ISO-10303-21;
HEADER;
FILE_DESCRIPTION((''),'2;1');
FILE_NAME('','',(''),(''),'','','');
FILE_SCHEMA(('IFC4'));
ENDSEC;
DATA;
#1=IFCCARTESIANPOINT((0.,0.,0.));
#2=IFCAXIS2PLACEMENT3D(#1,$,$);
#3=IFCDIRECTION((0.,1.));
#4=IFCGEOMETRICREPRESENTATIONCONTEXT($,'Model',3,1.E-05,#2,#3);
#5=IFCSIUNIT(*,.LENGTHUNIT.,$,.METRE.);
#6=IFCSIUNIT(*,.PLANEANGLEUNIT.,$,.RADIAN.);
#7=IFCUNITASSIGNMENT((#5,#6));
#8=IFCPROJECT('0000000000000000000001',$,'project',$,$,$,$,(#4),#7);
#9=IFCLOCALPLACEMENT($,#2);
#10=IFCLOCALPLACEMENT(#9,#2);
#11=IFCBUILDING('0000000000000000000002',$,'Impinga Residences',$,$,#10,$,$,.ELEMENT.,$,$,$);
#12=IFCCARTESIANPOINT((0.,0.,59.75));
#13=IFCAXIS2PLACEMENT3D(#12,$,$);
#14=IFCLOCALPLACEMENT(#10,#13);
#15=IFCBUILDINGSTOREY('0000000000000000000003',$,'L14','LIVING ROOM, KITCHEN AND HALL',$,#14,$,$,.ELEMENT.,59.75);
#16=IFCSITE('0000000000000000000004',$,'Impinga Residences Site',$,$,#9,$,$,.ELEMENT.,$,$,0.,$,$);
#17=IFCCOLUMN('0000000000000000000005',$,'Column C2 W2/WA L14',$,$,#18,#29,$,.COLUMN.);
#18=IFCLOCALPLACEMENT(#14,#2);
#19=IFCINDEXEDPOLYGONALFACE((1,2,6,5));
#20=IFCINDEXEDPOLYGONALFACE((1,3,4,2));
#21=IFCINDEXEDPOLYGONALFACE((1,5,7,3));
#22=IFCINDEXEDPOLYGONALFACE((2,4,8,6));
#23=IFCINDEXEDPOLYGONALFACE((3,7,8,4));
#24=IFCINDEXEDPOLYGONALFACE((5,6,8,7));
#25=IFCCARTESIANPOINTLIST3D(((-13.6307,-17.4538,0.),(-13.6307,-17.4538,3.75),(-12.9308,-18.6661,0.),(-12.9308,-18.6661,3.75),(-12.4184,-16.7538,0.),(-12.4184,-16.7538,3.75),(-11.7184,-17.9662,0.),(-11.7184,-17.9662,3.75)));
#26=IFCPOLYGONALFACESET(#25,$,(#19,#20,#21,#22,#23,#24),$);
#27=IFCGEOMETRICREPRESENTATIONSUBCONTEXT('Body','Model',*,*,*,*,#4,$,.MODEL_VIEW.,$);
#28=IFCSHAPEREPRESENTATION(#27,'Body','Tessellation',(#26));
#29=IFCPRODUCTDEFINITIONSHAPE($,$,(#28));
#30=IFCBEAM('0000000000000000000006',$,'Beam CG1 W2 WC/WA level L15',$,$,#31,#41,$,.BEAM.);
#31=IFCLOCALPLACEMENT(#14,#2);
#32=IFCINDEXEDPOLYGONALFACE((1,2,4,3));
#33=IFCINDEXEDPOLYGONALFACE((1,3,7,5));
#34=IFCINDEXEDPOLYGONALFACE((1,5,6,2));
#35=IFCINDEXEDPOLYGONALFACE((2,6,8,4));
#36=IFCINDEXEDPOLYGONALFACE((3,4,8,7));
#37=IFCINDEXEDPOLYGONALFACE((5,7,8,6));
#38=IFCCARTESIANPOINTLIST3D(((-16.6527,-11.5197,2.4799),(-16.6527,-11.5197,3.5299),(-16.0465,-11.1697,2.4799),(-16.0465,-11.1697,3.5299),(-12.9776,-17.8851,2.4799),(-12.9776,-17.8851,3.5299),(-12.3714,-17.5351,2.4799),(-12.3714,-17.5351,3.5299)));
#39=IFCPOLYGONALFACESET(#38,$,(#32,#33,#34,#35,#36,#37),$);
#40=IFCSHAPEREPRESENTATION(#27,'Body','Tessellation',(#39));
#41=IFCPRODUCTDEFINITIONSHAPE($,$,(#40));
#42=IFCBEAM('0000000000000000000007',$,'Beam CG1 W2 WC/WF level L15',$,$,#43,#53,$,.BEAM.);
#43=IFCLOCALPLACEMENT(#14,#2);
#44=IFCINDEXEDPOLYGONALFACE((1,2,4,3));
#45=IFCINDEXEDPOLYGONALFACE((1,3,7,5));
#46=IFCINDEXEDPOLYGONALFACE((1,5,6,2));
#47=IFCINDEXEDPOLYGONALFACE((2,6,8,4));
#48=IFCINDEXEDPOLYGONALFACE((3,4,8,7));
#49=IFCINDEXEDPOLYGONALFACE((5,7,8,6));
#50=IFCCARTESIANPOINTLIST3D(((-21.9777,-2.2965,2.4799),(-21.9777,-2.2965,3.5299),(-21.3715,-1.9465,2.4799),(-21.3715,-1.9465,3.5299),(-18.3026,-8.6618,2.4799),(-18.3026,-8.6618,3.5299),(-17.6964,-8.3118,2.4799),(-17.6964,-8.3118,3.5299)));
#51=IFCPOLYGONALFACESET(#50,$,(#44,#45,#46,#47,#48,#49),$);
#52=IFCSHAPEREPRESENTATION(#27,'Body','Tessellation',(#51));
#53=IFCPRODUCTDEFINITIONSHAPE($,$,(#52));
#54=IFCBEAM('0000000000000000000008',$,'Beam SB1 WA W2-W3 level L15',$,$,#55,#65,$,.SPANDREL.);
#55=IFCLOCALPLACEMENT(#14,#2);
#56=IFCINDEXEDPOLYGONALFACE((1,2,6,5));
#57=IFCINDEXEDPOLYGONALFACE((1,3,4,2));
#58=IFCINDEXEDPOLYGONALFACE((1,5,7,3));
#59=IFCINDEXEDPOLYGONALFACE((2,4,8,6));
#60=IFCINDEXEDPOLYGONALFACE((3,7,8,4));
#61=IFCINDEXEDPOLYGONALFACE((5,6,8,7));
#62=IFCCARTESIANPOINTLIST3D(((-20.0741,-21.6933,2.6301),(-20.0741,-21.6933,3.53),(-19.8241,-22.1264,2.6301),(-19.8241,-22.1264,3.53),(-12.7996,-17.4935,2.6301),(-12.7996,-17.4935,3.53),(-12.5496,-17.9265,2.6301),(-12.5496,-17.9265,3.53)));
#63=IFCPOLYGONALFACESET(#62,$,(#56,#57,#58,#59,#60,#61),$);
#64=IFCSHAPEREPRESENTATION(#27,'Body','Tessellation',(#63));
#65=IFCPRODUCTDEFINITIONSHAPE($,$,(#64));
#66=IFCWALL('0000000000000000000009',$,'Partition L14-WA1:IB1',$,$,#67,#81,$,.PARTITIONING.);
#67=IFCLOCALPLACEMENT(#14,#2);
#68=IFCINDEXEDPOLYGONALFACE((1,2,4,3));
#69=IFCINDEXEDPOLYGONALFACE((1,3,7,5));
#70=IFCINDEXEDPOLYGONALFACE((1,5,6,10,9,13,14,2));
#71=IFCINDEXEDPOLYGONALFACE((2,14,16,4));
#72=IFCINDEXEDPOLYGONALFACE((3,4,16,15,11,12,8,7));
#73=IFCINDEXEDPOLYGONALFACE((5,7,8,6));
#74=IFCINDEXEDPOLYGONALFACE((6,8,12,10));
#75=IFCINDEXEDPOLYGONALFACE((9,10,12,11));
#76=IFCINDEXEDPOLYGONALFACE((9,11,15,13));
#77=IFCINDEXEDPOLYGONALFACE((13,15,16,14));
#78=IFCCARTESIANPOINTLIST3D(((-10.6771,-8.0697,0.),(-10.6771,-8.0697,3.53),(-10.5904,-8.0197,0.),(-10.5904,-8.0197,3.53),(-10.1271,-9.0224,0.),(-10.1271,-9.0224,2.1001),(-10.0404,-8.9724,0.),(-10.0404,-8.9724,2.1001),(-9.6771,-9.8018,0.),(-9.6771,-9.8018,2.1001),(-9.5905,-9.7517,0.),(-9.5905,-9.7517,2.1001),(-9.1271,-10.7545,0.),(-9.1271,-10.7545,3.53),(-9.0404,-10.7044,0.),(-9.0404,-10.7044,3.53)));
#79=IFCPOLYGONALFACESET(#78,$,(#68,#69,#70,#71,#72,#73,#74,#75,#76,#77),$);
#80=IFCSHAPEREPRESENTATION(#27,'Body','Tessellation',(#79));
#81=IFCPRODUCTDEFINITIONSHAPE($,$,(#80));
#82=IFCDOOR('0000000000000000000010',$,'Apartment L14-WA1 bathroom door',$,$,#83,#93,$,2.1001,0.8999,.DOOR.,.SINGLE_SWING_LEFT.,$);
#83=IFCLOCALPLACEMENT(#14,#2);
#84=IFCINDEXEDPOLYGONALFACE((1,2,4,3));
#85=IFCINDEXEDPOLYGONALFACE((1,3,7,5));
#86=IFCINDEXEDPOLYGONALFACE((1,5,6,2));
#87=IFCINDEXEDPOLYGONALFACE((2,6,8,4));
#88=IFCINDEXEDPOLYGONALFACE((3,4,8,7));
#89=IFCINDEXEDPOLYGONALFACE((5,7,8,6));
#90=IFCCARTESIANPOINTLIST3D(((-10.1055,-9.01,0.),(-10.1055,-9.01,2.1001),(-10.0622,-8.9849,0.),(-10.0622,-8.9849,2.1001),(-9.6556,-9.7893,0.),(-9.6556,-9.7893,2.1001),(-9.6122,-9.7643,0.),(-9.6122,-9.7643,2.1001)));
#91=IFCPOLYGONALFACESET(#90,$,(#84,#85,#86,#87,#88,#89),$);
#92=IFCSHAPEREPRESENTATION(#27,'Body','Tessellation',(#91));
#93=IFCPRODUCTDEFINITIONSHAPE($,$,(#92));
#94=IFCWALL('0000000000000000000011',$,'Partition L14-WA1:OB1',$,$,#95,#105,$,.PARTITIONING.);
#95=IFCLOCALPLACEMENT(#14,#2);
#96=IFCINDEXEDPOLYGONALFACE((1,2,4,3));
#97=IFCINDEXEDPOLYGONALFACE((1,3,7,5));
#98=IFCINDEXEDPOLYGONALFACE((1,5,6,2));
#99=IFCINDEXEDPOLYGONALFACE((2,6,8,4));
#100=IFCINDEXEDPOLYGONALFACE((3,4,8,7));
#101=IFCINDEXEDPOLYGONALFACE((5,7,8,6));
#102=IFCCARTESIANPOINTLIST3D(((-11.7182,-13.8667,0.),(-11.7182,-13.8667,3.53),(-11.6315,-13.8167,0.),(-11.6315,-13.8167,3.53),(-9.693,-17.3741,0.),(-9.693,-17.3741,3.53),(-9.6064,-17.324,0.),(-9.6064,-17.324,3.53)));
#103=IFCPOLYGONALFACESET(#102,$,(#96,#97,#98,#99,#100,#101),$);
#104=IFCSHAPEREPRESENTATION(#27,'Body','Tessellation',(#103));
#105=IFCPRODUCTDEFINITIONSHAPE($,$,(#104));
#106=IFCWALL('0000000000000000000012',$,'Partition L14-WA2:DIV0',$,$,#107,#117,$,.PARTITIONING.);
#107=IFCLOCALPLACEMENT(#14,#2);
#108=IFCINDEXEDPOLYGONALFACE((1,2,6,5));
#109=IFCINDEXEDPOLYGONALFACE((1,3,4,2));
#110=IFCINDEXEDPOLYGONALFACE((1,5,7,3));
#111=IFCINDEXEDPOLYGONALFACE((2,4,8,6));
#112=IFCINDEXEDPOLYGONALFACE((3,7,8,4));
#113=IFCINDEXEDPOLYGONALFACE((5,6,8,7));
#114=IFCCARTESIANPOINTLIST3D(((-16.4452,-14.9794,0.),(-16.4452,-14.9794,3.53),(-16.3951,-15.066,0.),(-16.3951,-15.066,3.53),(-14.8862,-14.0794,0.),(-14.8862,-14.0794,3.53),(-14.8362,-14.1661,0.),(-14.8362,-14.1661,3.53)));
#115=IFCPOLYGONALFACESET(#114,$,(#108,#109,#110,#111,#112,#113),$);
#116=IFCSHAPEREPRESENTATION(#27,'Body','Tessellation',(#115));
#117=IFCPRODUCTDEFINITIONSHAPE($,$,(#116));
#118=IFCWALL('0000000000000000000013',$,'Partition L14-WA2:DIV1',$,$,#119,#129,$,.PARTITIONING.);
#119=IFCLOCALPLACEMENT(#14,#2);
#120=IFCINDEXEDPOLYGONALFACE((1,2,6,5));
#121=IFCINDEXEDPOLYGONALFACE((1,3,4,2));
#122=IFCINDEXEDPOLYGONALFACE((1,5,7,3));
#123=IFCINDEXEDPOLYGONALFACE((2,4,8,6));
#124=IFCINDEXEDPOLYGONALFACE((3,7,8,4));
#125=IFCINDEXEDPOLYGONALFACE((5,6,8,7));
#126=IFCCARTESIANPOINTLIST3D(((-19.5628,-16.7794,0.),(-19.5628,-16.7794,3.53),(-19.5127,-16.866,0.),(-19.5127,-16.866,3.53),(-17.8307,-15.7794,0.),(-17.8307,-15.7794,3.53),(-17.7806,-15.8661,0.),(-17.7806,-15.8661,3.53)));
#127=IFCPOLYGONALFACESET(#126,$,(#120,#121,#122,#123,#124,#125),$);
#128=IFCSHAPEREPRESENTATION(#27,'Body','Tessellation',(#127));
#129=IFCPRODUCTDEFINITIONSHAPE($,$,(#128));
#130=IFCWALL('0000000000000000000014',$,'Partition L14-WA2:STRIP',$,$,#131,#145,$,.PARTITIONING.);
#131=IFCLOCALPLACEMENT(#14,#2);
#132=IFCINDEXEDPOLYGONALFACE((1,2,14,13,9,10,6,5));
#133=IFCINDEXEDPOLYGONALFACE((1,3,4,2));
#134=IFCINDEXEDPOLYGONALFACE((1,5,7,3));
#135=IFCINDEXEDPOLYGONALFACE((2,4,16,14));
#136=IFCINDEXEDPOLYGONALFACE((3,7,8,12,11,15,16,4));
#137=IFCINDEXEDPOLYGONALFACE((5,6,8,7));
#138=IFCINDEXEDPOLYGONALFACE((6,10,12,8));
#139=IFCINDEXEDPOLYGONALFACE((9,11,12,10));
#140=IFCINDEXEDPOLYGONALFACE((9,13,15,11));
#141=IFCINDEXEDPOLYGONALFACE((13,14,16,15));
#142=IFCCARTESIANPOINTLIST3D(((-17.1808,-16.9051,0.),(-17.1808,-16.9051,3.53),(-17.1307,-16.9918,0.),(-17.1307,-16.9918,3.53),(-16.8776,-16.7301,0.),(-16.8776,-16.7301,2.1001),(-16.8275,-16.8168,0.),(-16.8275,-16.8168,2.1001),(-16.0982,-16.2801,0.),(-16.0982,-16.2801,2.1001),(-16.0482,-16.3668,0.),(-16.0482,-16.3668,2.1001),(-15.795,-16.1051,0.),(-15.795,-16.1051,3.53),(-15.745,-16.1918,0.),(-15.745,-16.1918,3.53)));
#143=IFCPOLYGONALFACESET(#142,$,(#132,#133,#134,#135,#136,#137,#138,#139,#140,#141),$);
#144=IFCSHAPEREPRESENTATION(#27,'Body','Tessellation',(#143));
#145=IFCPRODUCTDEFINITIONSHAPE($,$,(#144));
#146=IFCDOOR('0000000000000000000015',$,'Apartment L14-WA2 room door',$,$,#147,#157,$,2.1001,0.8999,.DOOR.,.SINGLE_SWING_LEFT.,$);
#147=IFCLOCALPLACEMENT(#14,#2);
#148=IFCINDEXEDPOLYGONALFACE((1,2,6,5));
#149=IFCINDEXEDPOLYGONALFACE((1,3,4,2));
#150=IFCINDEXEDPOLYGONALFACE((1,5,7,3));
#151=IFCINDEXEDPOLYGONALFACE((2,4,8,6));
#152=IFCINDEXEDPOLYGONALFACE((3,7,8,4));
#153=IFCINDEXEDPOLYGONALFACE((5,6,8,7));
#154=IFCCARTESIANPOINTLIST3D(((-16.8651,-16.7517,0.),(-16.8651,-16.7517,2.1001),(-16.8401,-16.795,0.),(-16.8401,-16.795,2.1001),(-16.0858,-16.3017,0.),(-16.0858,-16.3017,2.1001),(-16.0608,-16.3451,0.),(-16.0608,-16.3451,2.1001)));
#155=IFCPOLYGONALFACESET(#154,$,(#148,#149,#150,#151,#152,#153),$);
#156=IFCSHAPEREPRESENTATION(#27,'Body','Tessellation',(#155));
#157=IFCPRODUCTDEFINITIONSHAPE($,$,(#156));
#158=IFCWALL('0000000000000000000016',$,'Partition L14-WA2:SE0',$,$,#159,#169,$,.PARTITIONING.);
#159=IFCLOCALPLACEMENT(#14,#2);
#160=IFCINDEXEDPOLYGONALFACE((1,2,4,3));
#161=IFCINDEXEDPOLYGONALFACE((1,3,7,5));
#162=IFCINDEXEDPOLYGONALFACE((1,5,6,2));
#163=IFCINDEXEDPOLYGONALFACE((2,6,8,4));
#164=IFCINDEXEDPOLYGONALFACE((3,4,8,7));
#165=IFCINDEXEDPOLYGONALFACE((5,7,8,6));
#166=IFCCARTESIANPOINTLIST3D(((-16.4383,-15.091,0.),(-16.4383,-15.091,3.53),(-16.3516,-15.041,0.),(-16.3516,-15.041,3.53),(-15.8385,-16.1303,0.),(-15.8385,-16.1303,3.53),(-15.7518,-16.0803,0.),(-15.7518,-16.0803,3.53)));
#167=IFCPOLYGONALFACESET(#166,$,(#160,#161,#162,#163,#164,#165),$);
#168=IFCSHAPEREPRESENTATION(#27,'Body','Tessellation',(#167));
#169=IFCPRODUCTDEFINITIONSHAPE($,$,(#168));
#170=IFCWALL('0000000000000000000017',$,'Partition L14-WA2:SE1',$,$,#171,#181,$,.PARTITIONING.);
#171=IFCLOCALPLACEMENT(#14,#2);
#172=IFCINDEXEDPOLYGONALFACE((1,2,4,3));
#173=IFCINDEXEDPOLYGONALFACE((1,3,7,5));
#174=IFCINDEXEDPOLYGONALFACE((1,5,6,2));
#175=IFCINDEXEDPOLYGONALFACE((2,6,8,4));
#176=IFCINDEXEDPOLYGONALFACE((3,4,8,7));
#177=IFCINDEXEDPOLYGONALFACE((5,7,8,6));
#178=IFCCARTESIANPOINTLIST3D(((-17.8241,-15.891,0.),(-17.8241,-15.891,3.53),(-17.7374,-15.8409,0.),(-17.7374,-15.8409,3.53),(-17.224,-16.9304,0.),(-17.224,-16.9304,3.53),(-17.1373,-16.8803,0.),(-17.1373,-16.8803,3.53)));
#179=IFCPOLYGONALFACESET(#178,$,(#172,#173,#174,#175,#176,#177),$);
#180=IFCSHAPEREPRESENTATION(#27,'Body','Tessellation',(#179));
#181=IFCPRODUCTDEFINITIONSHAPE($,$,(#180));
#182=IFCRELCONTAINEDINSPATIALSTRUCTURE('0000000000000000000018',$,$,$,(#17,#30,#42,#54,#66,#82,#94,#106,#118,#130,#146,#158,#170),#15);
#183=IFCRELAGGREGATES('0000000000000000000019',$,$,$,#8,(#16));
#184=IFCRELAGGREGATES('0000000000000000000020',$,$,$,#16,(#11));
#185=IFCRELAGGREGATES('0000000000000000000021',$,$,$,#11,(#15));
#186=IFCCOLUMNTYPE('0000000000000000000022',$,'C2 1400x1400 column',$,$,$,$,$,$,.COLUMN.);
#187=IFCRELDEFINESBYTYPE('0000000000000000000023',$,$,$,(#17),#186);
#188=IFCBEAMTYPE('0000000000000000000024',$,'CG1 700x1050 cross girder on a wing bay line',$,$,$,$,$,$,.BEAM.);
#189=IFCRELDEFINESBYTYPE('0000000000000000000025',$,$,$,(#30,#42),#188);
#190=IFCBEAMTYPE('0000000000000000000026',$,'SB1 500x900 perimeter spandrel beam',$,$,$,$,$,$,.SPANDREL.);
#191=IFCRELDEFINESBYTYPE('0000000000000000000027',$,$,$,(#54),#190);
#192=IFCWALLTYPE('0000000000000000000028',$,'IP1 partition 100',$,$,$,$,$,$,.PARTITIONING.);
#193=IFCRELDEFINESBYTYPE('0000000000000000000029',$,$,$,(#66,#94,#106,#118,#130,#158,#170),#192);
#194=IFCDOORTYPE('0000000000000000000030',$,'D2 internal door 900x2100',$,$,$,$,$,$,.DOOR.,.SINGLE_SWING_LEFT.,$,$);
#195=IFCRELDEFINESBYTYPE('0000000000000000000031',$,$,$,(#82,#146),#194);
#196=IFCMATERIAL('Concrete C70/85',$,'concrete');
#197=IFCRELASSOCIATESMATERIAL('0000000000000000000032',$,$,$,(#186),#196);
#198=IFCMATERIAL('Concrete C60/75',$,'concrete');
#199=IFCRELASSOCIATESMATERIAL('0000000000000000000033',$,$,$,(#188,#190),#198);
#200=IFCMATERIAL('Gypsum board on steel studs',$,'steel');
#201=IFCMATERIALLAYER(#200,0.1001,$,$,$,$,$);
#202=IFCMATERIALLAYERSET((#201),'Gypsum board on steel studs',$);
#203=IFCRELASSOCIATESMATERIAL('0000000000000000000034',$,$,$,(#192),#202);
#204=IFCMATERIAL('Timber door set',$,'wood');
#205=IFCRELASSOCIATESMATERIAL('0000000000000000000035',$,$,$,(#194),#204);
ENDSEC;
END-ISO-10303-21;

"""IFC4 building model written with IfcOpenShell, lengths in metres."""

from ifc_helpers import new_model, si_unit, direction, frame, frame_2d, origin, origin_2d, place, context, subcontext, project, spatial, rectangle, extrude, material, layer, layer_set, material_profile, profile_set, type_object, element, fill, save


model = new_model("IFC4")

# Units and contexts
model_context = context("Model", 3, precision=1e-05, world=origin(), true_north=direction((0.0, 1.0)))
body_context = subcontext(model_context, "Body", "Model", "MODEL_VIEW")
ifc_project = project(units=[si_unit("LENGTHUNIT", "METRE"), si_unit("PLANEANGLEUNIT", "RADIAN")], contexts=[model_context])

# Site, building, storey
site_placement = place(None, origin())
site = spatial("IfcSite", under=ifc_project, at=site_placement, Name="Impinga Residences Site", CompositionType="ELEMENT", RefElevation=0.0)
building_placement = place(site_placement, origin())
building = spatial("IfcBuilding", under=site, at=building_placement, Name="Impinga Residences", CompositionType="ELEMENT")
storey_placement = place(building_placement, frame((0.0, 0.0, 59.75)))
storey = spatial("IfcBuildingStorey", under=building, at=storey_placement, Name="L14", Description="LIVING ROOM, KITCHEN AND HALL", CompositionType="ELEMENT", Elevation=59.75)

# Column
ifc_material_1 = material(Name="Concrete C70/85", Category="concrete")
ifc_material_profile_1 = material_profile(ifc_material_1, rectangle(XDim=1.3999, YDim=1.3999, at=origin_2d()), Name="RC 1400x1400")
ifc_profile_set_1 = profile_set([ifc_material_profile_1], Name="Concrete C70/85")
column_type = type_object("IfcColumnType", Name="C2 1400x1400 column", PredefinedType="COLUMN", material=ifc_profile_set_1)
column_placement = place(storey_placement, frame((-12.6746, -17.71, 0.0), z_axis=(0.0, 0.0, 1.0), x_axis=(-0.5, 0.866025, 0.0)))
element("IfcColumn", 1, at=column_placement, inside=storey, type_object=column_type, Name="Column C2 W2/WA L14", PredefinedType="COLUMN", context=body_context, shape_type="SweptSolid", body=[
    extrude(rectangle(XDim=1.3999, YDim=1.3999, at=origin_2d()), origin(), (0.0, 0.0, 1.0), 3.75),
])

# Beams
ifc_material_2 = material(Name="Concrete C60/75", Category="concrete")
ifc_material_profile_2 = material_profile(ifc_material_2, rectangle(XDim=0.7, YDim=1.05, at=origin_2d()), Name="RC 700x1050")
ifc_profile_set_2 = profile_set([ifc_material_profile_2], Name="Concrete C60/75")
beam_type_1 = type_object("IfcBeamType", Name="CG1 700x1050 cross girder on a wing bay line", PredefinedType="BEAM", material=ifc_profile_set_2)
for number, where, z_axis, x_axis, name in (
    (2, (-16.3496, -11.3447, 3.0049), (0.500008, -0.866021, 0.0), (0.866021, 0.500008, 0.0), "Beam CG1 W2 WC/WA level L15"),
    (3, (-17.9995, -8.4868, 3.0049), (-0.500008, 0.866021, 0.0), (-0.866021, -0.500008, 0.0), "Beam CG1 W2 WC/WF level L15"),
):
    element("IfcBeam", number, at=place(storey_placement, frame(where, z_axis=z_axis, x_axis=x_axis)), inside=storey, type_object=beam_type_1, Name=name, PredefinedType="BEAM", context=body_context, shape_type="SweptSolid", body=[
        extrude(rectangle(XDim=0.7, YDim=1.05, at=origin_2d()), origin(), (0.0, 0.0, 1.0), 7.3501),
    ])
ifc_material_profile_3 = material_profile(ifc_material_2, rectangle(XDim=0.5, YDim=0.8999, at=origin_2d()), Name="RC 500x900")
ifc_profile_set_3 = profile_set([ifc_material_profile_3], Name="Concrete C60/75")
beam_type_2 = type_object("IfcBeamType", Name="SB1 500x900 perimeter spandrel beam", PredefinedType="SPANDREL", material=ifc_profile_set_3)
beam_placement = place(storey_placement, frame((-12.6746, -17.71, 3.0801), z_axis=(-0.866029, -0.499993, 0.0), x_axis=(0.499993, -0.866029, 0.0)))
element("IfcBeam", 4, at=beam_placement, inside=storey, type_object=beam_type_2, Name="Beam SB1 WA W2-W3 level L15", PredefinedType="SPANDREL", context=body_context, shape_type="SweptSolid", body=[
    extrude(rectangle(XDim=0.5, YDim=0.8999, at=origin_2d()), origin(), (0.0, 0.0, 1.0), 8.3999),
])

# Wall, opening, door
ifc_material_3 = material(Name="Gypsum board on steel studs", Category="steel")
ifc_layer_1 = layer(ifc_material_3, 0.1001)
ifc_layer_set_1 = layer_set([ifc_layer_1], Name="Gypsum board on steel studs")
wall_type_1 = type_object("IfcWallType", Name="IP1 partition 100", PredefinedType="PARTITIONING", material=ifc_layer_set_1)
wall_1_placement = place(storey_placement, frame((-10.6338, -8.0447, 0.0), z_axis=(0.0, 0.0, 1.0), x_axis=(0.499993, -0.86603, 0.0)))
wall_1 = element("IfcWall", 5, at=wall_1_placement, inside=storey, type_object=wall_type_1, Name="Partition L14-WA1:IB1", PredefinedType="PARTITIONING", context=body_context, shape_type="SweptSolid", body=[
    extrude(rectangle(XDim=3.1001, YDim=0.1001, at=frame_2d((1.55, 0.0))), origin(), (0.0, 0.0, 1.0), 3.53),
])
opening_1_placement = place(wall_1_placement, frame((1.1001, 0.0, 0.0)))
opening_1 = element("IfcOpeningElement", 6, at=opening_1_placement, cuts=wall_1, PredefinedType="OPENING", context=body_context, shape_type="SweptSolid", body=[
    extrude(rectangle(XDim=0.8999, YDim=2.1001, at=frame_2d((0.45, 1.05))), frame((0.0, 0.0601, 0.0), z_axis=(0.0, -1.0, 0.0), x_axis=(1.0, 0.0, 0.0)), (0.0, 0.0, 1.0), 0.1201),
])
ifc_material_4 = material(Name="Timber door set", Category="wood")
door_type = type_object("IfcDoorType", Name="D2 internal door 900x2100", OperationType="SINGLE_SWING_LEFT", PredefinedType="DOOR", material=ifc_material_4)
door_1_placement = place(opening_1_placement, origin())
door_1 = element("IfcDoor", 7, at=door_1_placement, inside=storey, type_object=door_type, Name="Apartment L14-WA1 bathroom door", OperationType="SINGLE_SWING_LEFT", OverallHeight=2.1001, OverallWidth=0.8999, PredefinedType="DOOR", context=body_context, shape_type="SweptSolid", body=[
    extrude(rectangle(XDim=0.8999, YDim=2.1001, at=frame_2d((0.45, 1.05))), frame((0.0, 0.0249, 0.0), z_axis=(0.0, -1.0, 0.0), x_axis=(1.0, 0.0, 0.0)), (0.0, 0.0, 1.0), 0.05),
])
fill(opening_1, door_1)

# Walls
wall_2_placement = place(storey_placement, frame((-11.6748, -13.8418, 0.0), z_axis=(0.0, 0.0, 1.0), x_axis=(0.500036, -0.866005, 0.0)))
element("IfcWall", 8, at=wall_2_placement, inside=storey, type_object=wall_type_1, Name="Partition L14-WA1:OB1", PredefinedType="PARTITIONING", context=body_context, shape_type="SweptSolid", body=[
    extrude(rectangle(XDim=4.05, YDim=0.1001, at=frame_2d((2.0249, 0.0))), origin(), (0.0, 0.0, 1.0), 3.53),
])
wall_3_placement = place(storey_placement, frame((-14.8613, -14.1228, 0.0), z_axis=(0.0, 0.0, 1.0), x_axis=(-0.866048, -0.499961, 0.0)))
element("IfcWall", 9, at=wall_3_placement, inside=storey, type_object=wall_type_1, Name="Partition L14-WA2:DIV0", PredefinedType="PARTITIONING", context=body_context, shape_type="SweptSolid", body=[
    extrude(rectangle(XDim=1.8, YDim=0.1001, at=frame_2d((0.8999, 0.0))), origin(), (0.0, 0.0, 1.0), 3.53),
])
wall_4_placement = place(storey_placement, frame((-17.8057, -15.8228, 0.0), z_axis=(0.0, 0.0, 1.0), x_axis=(-0.866041, -0.499973, 0.0)))
element("IfcWall", 10, at=wall_4_placement, inside=storey, type_object=wall_type_1, Name="Partition L14-WA2:DIV1", PredefinedType="PARTITIONING", context=body_context, shape_type="SweptSolid", body=[
    extrude(rectangle(XDim=2.0, YDim=0.1001, at=frame_2d((1.0, 0.0))), origin(), (0.0, 0.0, 1.0), 3.53),
])

# Wall, opening, door
wall_5_placement = place(storey_placement, frame((-15.77, -16.1484, 0.0), z_axis=(0.0, 0.0, 1.0), x_axis=(-0.866028, -0.499995, 0.0)))
wall_5 = element("IfcWall", 11, at=wall_5_placement, inside=storey, type_object=wall_type_1, Name="Partition L14-WA2:STRIP", PredefinedType="PARTITIONING", context=body_context, shape_type="SweptSolid", body=[
    extrude(rectangle(XDim=1.6001, YDim=0.1001, at=frame_2d((0.8, 0.0))), origin(), (0.0, 0.0, 1.0), 3.53),
])
opening_2_placement = place(wall_5_placement, frame((0.3501, 0.0, 0.0)))
opening_2 = element("IfcOpeningElement", 12, at=opening_2_placement, cuts=wall_5, PredefinedType="OPENING", context=body_context, shape_type="SweptSolid", body=[
    extrude(rectangle(XDim=0.8999, YDim=2.1001, at=frame_2d((0.45, 1.05))), frame((0.0, 0.0601, 0.0), z_axis=(0.0, -1.0, 0.0), x_axis=(1.0, 0.0, 0.0)), (0.0, 0.0, 1.0), 0.1201),
])
door_2_placement = place(opening_2_placement, origin())
door_2 = element("IfcDoor", 13, at=door_2_placement, inside=storey, type_object=door_type, Name="Apartment L14-WA2 room door", OperationType="SINGLE_SWING_LEFT", OverallHeight=2.1001, OverallWidth=0.8999, PredefinedType="DOOR", context=body_context, shape_type="SweptSolid", body=[
    extrude(rectangle(XDim=0.8999, YDim=2.1001, at=frame_2d((0.45, 1.05))), frame((0.0, 0.0249, 0.0), z_axis=(0.0, -1.0, 0.0), x_axis=(1.0, 0.0, 0.0)), (0.0, 0.0, 1.0), 0.05),
])
fill(opening_2, door_2)

# Walls
wall_6_placement = place(storey_placement, frame((-16.395, -15.0659, 0.0), z_axis=(0.0, 0.0, 1.0), x_axis=(0.499881, -0.866094, 0.0)))
element("IfcWall", 14, at=wall_6_placement, inside=storey, type_object=wall_type_1, Name="Partition L14-WA2:SE0", PredefinedType="PARTITIONING", context=body_context, shape_type="SweptSolid", body=[
    extrude(rectangle(XDim=1.2, YDim=0.1001, at=frame_2d((0.6001, 0.0))), origin(), (0.0, 0.0, 1.0), 3.53),
])
wall_7_placement = place(storey_placement, frame((-17.7808, -15.866, 0.0), z_axis=(0.0, 0.0, 1.0), x_axis=(0.500034, -0.866006, 0.0)))
element("IfcWall", 15, at=wall_7_placement, inside=storey, type_object=wall_type_1, Name="Partition L14-WA2:SE1", PredefinedType="PARTITIONING", context=body_context, shape_type="SweptSolid", body=[
    extrude(rectangle(XDim=1.2002, YDim=0.1001, at=frame_2d((0.6001, 0.0))), origin(), (0.0, 0.0, 1.0), 3.53),
])

save(model, "model.ifc")
